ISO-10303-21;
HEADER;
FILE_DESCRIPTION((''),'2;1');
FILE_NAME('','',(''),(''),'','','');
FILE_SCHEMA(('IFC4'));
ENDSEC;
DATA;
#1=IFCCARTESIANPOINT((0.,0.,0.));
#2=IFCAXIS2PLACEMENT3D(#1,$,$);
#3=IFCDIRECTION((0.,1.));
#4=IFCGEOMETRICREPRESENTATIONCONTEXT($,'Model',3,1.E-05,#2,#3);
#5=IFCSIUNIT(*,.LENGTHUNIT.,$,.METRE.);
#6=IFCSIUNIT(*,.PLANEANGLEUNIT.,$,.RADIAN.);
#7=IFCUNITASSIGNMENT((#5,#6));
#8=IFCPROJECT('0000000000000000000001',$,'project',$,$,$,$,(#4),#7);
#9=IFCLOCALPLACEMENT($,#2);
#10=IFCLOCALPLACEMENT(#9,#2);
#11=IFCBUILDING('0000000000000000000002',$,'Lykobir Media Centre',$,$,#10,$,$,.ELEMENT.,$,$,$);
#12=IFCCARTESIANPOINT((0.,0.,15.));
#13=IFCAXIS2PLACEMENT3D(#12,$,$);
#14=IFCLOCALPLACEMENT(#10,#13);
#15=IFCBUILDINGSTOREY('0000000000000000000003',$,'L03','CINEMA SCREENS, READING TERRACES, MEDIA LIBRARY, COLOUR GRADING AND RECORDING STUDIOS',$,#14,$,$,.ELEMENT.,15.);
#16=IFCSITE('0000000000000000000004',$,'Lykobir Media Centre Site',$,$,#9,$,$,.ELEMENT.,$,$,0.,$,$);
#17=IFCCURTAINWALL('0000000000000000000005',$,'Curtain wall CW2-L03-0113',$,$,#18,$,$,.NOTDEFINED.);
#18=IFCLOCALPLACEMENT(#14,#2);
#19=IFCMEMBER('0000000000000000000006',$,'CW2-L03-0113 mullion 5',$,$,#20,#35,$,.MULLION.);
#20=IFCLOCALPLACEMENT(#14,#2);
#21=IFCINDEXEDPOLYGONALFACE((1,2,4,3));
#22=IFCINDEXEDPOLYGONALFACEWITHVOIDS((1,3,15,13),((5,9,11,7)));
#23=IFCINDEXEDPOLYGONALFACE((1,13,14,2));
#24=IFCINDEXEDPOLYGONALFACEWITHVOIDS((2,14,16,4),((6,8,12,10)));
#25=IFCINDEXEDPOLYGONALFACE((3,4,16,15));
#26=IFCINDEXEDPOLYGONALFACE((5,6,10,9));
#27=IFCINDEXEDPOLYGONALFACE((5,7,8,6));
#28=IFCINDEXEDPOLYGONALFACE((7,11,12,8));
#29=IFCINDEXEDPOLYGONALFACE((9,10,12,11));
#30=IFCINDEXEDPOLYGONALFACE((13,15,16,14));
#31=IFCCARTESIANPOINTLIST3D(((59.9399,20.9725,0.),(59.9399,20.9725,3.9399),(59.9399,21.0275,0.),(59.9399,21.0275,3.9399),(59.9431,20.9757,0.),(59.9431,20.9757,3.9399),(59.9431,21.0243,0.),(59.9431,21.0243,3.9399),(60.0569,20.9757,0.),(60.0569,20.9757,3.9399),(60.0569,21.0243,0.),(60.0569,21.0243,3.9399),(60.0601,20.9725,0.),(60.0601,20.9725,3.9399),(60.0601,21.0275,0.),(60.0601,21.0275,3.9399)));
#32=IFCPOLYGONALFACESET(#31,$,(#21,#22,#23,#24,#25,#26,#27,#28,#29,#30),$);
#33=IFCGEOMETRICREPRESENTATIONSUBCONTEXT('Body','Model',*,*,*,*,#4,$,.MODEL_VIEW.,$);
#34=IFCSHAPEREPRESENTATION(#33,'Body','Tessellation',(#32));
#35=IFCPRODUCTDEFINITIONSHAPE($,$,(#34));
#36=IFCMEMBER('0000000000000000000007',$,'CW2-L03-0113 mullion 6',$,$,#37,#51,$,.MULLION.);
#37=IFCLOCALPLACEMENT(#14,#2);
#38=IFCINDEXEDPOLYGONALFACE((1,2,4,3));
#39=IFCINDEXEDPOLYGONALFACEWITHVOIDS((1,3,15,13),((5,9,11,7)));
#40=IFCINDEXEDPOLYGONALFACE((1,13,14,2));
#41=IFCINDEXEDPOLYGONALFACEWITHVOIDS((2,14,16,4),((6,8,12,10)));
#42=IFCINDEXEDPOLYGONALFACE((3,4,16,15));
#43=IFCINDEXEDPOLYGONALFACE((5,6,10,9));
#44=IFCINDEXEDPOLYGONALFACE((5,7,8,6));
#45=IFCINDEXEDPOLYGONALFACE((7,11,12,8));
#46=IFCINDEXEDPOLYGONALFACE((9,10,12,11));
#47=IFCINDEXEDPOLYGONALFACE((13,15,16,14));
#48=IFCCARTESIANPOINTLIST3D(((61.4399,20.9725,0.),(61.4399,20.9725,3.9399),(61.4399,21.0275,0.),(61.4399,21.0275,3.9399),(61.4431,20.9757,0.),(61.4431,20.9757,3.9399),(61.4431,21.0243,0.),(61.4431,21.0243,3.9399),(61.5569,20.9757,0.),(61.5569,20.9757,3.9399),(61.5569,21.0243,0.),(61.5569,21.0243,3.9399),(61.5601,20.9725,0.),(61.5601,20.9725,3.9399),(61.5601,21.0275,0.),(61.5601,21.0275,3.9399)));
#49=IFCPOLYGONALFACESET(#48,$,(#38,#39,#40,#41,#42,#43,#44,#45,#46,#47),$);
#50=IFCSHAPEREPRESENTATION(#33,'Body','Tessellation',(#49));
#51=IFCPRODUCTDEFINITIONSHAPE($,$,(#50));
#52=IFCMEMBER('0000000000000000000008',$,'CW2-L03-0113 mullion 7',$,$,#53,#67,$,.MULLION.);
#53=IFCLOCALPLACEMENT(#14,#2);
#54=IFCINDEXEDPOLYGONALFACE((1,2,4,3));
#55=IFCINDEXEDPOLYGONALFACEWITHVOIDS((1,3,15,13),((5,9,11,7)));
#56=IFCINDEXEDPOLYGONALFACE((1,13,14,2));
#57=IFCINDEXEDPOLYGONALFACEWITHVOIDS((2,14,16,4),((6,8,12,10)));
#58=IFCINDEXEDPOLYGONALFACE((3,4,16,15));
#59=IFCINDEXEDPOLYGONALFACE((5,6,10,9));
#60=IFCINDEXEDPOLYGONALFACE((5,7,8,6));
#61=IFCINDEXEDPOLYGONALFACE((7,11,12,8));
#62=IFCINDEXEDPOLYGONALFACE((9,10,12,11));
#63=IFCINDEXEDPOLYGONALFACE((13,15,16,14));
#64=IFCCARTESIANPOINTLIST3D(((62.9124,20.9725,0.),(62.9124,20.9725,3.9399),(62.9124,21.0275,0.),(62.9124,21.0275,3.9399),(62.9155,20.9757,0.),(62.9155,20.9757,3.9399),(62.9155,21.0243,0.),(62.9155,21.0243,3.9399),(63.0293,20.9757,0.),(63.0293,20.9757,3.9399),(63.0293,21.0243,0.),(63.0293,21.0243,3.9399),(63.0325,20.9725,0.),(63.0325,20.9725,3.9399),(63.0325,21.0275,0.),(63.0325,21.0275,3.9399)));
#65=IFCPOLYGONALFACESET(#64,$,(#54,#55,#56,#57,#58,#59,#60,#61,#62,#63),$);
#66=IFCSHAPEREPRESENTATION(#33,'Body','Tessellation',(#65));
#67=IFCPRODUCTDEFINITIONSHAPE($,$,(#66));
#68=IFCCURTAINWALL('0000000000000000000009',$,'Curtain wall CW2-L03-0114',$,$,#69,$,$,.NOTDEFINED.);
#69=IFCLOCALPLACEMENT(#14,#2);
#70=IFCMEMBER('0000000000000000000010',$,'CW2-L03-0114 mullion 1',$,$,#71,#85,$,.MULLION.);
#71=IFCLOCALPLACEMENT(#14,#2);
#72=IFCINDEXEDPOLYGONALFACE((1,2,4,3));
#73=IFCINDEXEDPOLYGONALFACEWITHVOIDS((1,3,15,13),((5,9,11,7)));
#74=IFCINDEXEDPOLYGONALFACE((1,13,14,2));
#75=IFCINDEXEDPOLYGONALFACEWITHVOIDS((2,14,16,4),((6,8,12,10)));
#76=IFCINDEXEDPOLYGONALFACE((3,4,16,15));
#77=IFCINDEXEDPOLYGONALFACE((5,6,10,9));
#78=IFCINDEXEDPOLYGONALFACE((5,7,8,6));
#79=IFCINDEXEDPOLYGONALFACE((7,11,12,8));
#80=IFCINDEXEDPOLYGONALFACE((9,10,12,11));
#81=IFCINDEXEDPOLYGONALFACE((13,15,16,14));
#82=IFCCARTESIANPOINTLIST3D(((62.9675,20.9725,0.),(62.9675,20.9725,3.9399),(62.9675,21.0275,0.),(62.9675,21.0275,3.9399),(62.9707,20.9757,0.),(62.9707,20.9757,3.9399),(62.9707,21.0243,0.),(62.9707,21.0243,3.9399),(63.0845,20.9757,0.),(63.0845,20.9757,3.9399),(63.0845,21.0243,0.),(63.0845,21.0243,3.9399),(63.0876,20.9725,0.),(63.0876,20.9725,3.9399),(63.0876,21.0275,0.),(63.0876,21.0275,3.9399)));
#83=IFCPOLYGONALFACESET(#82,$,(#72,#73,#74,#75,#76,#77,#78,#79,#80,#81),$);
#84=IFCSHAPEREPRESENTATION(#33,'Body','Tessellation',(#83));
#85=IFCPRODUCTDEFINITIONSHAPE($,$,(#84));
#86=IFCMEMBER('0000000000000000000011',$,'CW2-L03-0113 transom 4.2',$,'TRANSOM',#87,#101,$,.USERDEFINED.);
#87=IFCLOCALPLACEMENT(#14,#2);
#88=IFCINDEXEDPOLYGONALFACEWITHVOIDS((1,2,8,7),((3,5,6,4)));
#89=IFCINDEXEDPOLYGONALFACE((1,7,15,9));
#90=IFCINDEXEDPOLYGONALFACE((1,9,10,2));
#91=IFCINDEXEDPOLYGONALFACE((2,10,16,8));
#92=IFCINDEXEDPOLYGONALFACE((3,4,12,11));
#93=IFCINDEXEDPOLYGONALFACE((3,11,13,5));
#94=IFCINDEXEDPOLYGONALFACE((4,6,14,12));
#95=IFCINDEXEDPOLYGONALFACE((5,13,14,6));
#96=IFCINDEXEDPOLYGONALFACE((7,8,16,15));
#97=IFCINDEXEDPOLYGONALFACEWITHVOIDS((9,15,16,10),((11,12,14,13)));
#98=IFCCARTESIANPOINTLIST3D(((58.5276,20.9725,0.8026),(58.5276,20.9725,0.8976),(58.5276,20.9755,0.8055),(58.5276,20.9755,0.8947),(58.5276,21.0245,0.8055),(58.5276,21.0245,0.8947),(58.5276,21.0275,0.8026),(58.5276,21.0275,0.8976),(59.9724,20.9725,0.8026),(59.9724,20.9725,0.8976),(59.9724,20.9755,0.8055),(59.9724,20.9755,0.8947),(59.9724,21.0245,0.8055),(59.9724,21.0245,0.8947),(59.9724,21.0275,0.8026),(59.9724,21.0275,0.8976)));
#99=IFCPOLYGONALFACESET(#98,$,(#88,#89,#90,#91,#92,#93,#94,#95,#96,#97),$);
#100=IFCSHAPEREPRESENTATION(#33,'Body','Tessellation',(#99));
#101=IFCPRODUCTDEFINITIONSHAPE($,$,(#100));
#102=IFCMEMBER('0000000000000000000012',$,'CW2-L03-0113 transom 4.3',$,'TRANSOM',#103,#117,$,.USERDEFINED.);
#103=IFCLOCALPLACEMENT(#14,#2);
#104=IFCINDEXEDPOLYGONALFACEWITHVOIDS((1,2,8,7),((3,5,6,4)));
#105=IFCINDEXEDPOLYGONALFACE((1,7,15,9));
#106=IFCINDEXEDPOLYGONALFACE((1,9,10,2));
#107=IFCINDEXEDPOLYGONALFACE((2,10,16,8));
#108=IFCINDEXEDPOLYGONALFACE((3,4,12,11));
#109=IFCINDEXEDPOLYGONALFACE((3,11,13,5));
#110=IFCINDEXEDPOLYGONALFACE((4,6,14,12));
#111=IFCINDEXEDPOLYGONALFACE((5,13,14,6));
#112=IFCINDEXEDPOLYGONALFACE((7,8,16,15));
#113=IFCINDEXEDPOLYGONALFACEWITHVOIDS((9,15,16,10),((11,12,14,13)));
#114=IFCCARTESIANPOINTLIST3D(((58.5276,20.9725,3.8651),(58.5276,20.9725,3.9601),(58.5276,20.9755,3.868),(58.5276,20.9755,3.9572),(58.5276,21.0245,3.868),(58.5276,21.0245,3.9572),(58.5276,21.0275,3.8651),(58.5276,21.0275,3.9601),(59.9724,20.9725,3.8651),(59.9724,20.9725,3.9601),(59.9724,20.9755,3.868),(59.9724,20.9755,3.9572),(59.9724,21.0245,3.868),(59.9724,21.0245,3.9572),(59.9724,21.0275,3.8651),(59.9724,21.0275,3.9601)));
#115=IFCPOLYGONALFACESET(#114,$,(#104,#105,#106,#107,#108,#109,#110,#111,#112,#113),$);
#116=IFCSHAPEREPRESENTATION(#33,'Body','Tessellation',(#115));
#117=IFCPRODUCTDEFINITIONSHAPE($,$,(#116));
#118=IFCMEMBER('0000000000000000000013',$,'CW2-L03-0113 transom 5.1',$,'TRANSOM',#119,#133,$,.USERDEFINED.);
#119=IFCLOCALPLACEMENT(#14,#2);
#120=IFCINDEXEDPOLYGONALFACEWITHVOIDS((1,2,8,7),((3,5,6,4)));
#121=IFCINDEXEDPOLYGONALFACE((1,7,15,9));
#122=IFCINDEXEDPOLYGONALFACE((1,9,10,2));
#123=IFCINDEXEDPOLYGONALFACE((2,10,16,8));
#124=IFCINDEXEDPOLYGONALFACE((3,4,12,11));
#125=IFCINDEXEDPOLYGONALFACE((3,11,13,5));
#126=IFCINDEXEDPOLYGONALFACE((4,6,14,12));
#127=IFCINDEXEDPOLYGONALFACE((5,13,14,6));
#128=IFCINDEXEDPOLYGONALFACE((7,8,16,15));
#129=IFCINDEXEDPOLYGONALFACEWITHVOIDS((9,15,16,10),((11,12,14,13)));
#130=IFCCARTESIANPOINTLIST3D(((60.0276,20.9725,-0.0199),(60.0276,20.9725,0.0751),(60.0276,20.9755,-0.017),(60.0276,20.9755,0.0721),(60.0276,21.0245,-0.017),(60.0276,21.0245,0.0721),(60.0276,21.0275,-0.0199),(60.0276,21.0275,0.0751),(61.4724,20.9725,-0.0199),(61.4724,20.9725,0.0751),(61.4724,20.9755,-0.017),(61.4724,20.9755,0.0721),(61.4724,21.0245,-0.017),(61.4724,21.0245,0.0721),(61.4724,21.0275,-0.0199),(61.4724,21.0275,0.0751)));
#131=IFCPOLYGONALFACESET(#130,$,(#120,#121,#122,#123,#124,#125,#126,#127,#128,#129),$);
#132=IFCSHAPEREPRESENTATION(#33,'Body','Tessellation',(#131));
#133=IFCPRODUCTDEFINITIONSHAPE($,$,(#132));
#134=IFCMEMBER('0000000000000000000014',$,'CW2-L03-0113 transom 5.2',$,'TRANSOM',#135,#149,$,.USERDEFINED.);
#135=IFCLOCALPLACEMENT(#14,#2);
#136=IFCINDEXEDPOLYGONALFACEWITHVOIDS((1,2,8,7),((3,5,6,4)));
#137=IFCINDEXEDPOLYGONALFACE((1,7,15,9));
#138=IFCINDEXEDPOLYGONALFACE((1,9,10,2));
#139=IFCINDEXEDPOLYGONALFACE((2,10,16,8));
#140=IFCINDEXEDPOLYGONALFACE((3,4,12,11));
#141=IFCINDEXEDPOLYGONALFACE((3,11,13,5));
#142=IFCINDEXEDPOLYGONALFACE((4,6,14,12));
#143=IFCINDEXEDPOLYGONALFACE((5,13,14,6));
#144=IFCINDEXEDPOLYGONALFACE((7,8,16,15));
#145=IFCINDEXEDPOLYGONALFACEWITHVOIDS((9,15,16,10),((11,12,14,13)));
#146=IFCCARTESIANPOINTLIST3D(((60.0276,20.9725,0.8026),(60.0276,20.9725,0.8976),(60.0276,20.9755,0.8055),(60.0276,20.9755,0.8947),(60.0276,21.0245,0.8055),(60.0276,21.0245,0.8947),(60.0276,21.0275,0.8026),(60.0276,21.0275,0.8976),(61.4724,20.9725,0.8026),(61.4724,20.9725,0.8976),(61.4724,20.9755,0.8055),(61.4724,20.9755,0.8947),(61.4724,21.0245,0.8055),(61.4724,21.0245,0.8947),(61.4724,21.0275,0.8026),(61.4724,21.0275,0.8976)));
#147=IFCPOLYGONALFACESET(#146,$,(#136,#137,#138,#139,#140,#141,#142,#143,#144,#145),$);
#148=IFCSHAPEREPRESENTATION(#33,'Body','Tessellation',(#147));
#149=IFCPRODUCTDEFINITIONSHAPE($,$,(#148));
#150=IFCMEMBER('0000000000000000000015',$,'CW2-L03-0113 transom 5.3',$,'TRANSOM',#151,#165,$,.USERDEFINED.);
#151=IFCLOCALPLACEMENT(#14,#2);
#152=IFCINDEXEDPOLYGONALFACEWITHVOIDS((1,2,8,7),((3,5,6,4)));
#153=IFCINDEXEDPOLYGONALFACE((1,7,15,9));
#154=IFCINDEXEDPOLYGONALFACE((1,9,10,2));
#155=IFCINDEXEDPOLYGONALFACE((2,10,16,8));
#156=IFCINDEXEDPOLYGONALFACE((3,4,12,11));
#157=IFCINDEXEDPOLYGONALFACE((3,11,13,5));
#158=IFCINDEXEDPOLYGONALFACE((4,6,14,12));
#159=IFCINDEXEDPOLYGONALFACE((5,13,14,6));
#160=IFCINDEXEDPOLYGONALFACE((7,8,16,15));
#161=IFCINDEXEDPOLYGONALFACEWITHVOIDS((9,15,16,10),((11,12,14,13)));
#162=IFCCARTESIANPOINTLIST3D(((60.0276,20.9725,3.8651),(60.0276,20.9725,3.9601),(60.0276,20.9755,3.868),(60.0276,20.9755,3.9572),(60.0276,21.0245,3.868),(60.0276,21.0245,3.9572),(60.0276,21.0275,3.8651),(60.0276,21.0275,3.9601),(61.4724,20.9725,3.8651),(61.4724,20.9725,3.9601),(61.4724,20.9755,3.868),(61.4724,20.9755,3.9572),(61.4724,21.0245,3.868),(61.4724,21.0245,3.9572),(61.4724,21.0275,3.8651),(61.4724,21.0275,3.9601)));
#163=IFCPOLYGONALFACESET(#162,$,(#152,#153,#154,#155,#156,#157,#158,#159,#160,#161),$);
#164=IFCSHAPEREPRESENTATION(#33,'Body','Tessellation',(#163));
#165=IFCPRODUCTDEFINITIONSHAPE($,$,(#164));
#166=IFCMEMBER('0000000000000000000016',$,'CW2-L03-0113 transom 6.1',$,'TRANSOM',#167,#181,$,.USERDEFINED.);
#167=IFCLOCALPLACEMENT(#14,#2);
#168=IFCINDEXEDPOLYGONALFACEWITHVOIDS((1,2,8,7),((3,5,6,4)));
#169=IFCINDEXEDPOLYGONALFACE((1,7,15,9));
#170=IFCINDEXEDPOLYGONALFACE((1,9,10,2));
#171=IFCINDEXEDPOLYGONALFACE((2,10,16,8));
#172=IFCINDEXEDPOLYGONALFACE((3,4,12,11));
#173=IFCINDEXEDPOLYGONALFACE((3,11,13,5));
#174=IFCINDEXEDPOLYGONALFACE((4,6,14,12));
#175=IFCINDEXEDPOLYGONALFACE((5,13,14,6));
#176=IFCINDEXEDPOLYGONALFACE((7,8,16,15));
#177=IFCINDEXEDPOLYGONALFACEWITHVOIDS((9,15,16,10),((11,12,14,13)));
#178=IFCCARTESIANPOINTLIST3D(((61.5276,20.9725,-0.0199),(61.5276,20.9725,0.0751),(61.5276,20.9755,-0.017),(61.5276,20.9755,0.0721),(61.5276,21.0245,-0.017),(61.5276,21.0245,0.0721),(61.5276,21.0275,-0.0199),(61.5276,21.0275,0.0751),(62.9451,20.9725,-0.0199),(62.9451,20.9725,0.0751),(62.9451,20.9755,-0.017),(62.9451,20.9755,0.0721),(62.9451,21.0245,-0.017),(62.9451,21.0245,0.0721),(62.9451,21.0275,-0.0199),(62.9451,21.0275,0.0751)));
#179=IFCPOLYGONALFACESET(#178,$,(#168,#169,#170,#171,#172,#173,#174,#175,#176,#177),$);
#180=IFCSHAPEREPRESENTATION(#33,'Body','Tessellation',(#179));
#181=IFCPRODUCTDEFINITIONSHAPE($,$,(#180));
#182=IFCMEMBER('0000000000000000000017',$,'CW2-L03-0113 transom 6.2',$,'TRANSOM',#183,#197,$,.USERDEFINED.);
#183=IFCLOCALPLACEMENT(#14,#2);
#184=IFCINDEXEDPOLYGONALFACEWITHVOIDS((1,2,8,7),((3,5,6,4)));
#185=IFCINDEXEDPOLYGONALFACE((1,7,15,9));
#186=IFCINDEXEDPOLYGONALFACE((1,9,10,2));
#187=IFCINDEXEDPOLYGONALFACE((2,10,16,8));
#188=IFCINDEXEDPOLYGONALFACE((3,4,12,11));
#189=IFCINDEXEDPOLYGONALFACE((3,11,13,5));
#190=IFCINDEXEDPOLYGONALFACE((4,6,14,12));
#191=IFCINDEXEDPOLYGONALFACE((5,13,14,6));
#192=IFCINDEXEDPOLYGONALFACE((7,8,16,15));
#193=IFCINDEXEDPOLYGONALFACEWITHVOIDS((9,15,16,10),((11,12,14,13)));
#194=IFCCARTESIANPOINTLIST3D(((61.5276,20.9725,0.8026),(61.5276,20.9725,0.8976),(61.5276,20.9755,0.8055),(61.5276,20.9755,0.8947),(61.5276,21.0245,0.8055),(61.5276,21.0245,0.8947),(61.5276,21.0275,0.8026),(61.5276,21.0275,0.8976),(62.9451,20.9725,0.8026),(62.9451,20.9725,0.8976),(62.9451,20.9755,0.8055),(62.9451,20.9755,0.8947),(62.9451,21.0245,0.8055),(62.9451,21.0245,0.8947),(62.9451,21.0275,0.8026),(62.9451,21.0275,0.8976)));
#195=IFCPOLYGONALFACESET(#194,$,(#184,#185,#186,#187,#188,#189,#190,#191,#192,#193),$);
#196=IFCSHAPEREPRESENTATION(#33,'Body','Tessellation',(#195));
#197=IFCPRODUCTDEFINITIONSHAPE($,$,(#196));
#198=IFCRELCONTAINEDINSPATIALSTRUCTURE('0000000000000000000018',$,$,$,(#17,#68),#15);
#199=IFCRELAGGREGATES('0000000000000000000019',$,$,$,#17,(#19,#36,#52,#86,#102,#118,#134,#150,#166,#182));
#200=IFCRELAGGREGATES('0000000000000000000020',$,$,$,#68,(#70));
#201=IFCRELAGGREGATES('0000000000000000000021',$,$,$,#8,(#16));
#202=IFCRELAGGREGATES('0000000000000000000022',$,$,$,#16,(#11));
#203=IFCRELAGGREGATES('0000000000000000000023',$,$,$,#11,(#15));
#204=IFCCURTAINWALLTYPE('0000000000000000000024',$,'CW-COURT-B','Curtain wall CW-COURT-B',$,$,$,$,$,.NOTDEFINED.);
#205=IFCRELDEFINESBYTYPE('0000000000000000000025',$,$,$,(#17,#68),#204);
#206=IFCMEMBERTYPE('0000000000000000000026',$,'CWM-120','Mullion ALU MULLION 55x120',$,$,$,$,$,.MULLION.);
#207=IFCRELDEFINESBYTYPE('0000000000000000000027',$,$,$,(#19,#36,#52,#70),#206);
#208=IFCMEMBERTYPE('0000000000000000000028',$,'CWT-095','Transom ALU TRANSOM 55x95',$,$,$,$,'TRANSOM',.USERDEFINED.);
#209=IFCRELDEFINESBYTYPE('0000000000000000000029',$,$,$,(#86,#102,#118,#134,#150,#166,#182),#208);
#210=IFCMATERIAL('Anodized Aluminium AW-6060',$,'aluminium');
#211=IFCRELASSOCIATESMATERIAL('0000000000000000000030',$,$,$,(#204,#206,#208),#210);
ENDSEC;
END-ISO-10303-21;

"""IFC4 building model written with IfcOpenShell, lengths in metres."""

from ifc_helpers import new_model, si_unit, direction, frame, origin, origin_2d, place, context, subcontext, project, spatial, hollow_rectangle, extrude, material, material_profile, profile_set, type_object, element, aggregate, save


model = new_model("IFC4")

# Units and contexts
model_context = context("Model", 3, precision=1e-05, world=origin(), true_north=direction((0.0, 1.0)))
body_context = subcontext(model_context, "Body", "Model", "MODEL_VIEW")
ifc_project = project(units=[si_unit("LENGTHUNIT", "METRE"), si_unit("PLANEANGLEUNIT", "RADIAN")], contexts=[model_context])

# Site, building, storey
site_placement = place(None, origin())
site = spatial("IfcSite", under=ifc_project, at=site_placement, Name="Lykobir Media Centre Site", CompositionType="ELEMENT", RefElevation=0.0)
building_placement = place(site_placement, origin())
building = spatial("IfcBuilding", under=site, at=building_placement, Name="Lykobir Media Centre", CompositionType="ELEMENT")
storey_placement = place(building_placement, frame((0.0, 0.0, 15.0)))
storey = spatial("IfcBuildingStorey", under=building, at=storey_placement, Name="L03", Description="CINEMA SCREENS, READING TERRACES, MEDIA LIBRARY, COLOUR GRADING AND RECORDING STUDIOS", CompositionType="ELEMENT", Elevation=15.0)

# Curtain wall, members
ifc_material_1 = material(Name="Anodized Aluminium AW-6060", Category="aluminium")
curtain_wall_type = type_object("IfcCurtainWallType", Name="CW-COURT-B", Description="Curtain wall CW-COURT-B", PredefinedType="NOTDEFINED", material=ifc_material_1)
curtain_wall_1_placement = place(storey_placement, origin())
curtain_wall_1 = element("IfcCurtainWall", 1, at=curtain_wall_1_placement, inside=storey, type_object=curtain_wall_type, Name="Curtain wall CW2-L03-0113", PredefinedType="NOTDEFINED")
ifc_material_profile_1 = material_profile(ifc_material_1, hollow_rectangle(XDim=0.0549, YDim=0.1201, WallThickness=0.0032, at=origin_2d()), Name="ALU MULLION 55x120")
ifc_profile_set_1 = profile_set([ifc_material_profile_1], Name="Anodized Aluminium AW-6060")
member_type_1 = type_object("IfcMemberType", Name="CWM-120", Description="Mullion ALU MULLION 55x120", PredefinedType="MULLION", material=ifc_profile_set_1)
member_1_placement = place(storey_placement, frame((60.0, 21.0, 0.0), z_axis=(0.0, 0.0, 1.0), x_axis=(0.0, 1.0, 0.0)))
member_1 = element("IfcMember", 2, at=member_1_placement, type_object=member_type_1, Name="CW2-L03-0113 mullion 5", PredefinedType="MULLION", context=body_context, shape_type="SweptSolid", body=[
    extrude(hollow_rectangle(XDim=0.0549, YDim=0.1201, WallThickness=0.0032, at=origin_2d()), origin(), (0.0, 0.0, 1.0), 3.9399),
])
member_2_placement = place(storey_placement, frame((61.5, 21.0, 0.0), z_axis=(0.0, 0.0, 1.0), x_axis=(0.0, 1.0, 0.0)))
member_2 = element("IfcMember", 3, at=member_2_placement, type_object=member_type_1, Name="CW2-L03-0113 mullion 6", PredefinedType="MULLION", context=body_context, shape_type="SweptSolid", body=[
    extrude(hollow_rectangle(XDim=0.0549, YDim=0.1201, WallThickness=0.0032, at=origin_2d()), origin(), (0.0, 0.0, 1.0), 3.9399),
])
member_3_placement = place(storey_placement, frame((62.9724, 21.0, 0.0), z_axis=(0.0, 0.0, 1.0), x_axis=(0.0, 1.0, 0.0)))
member_3 = element("IfcMember", 4, at=member_3_placement, type_object=member_type_1, Name="CW2-L03-0113 mullion 7", PredefinedType="MULLION", context=body_context, shape_type="SweptSolid", body=[
    extrude(hollow_rectangle(XDim=0.0549, YDim=0.1201, WallThickness=0.0032, at=origin_2d()), origin(), (0.0, 0.0, 1.0), 3.9399),
])

# Curtain wall, member
curtain_wall_2_placement = place(storey_placement, origin())
curtain_wall_2 = element("IfcCurtainWall", 5, at=curtain_wall_2_placement, inside=storey, type_object=curtain_wall_type, Name="Curtain wall CW2-L03-0114", PredefinedType="NOTDEFINED")
member_4_placement = place(storey_placement, frame((63.0276, 21.0, 0.0), z_axis=(0.0, 0.0, 1.0), x_axis=(0.0, 1.0, 0.0)))
member_4 = element("IfcMember", 6, at=member_4_placement, type_object=member_type_1, Name="CW2-L03-0114 mullion 1", PredefinedType="MULLION", context=body_context, shape_type="SweptSolid", body=[
    extrude(hollow_rectangle(XDim=0.0549, YDim=0.1201, WallThickness=0.0032, at=origin_2d()), origin(), (0.0, 0.0, 1.0), 3.9399),
])

# Members
ifc_material_profile_2 = material_profile(ifc_material_1, hollow_rectangle(XDim=0.0549, YDim=0.095, WallThickness=0.0029, at=origin_2d()), Name="ALU TRANSOM 55x95")
ifc_profile_set_2 = profile_set([ifc_material_profile_2], Name="Anodized Aluminium AW-6060")
member_type_2 = type_object("IfcMemberType", Name="CWT-095", Description="Transom ALU TRANSOM 55x95", ElementType="TRANSOM", PredefinedType="USERDEFINED", material=ifc_profile_set_2)
member_5_placement = place(storey_placement, frame((58.5276, 21.0, 0.8501), z_axis=(1.0, 0.0, 0.0), x_axis=(0.0, 1.0, 0.0)))
member_5 = element("IfcMember", 7, at=member_5_placement, type_object=member_type_2, Name="CW2-L03-0113 transom 4.2", ObjectType="TRANSOM", PredefinedType="USERDEFINED", context=body_context, shape_type="SweptSolid", body=[
    extrude(hollow_rectangle(XDim=0.0549, YDim=0.095, WallThickness=0.0029, at=origin_2d()), origin(), (0.0, 0.0, 1.0), 1.4448),
])
member_6_placement = place(storey_placement, frame((58.5276, 21.0, 3.9126), z_axis=(1.0, 0.0, 0.0), x_axis=(0.0, 1.0, 0.0)))
member_6 = element("IfcMember", 8, at=member_6_placement, type_object=member_type_2, Name="CW2-L03-0113 transom 4.3", ObjectType="TRANSOM", PredefinedType="USERDEFINED", context=body_context, shape_type="SweptSolid", body=[
    extrude(hollow_rectangle(XDim=0.0549, YDim=0.095, WallThickness=0.0029, at=origin_2d()), origin(), (0.0, 0.0, 1.0), 1.4448),
])
member_7_placement = place(storey_placement, frame((60.0276, 21.0, 0.0276), z_axis=(1.0, 0.0, 0.0), x_axis=(0.0, 1.0, 0.0)))
member_7 = element("IfcMember", 9, at=member_7_placement, type_object=member_type_2, Name="CW2-L03-0113 transom 5.1", ObjectType="TRANSOM", PredefinedType="USERDEFINED", context=body_context, shape_type="SweptSolid", body=[
    extrude(hollow_rectangle(XDim=0.0549, YDim=0.095, WallThickness=0.0029, at=origin_2d()), origin(), (0.0, 0.0, 1.0), 1.4448),
])
member_8_placement = place(storey_placement, frame((60.0276, 21.0, 0.8501), z_axis=(1.0, 0.0, 0.0), x_axis=(0.0, 1.0, 0.0)))
member_8 = element("IfcMember", 10, at=member_8_placement, type_object=member_type_2, Name="CW2-L03-0113 transom 5.2", ObjectType="TRANSOM", PredefinedType="USERDEFINED", context=body_context, shape_type="SweptSolid", body=[
    extrude(hollow_rectangle(XDim=0.0549, YDim=0.095, WallThickness=0.0029, at=origin_2d()), origin(), (0.0, 0.0, 1.0), 1.4448),
])
member_9_placement = place(storey_placement, frame((60.0276, 21.0, 3.9126), z_axis=(1.0, 0.0, 0.0), x_axis=(0.0, 1.0, 0.0)))
member_9 = element("IfcMember", 11, at=member_9_placement, type_object=member_type_2, Name="CW2-L03-0113 transom 5.3", ObjectType="TRANSOM", PredefinedType="USERDEFINED", context=body_context, shape_type="SweptSolid", body=[
    extrude(hollow_rectangle(XDim=0.0549, YDim=0.095, WallThickness=0.0029, at=origin_2d()), origin(), (0.0, 0.0, 1.0), 1.4448),
])
member_10_placement = place(storey_placement, frame((61.5276, 21.0, 0.0276), z_axis=(1.0, 0.0, 0.0), x_axis=(0.0, 1.0, 0.0)))
member_10 = element("IfcMember", 12, at=member_10_placement, type_object=member_type_2, Name="CW2-L03-0113 transom 6.1", ObjectType="TRANSOM", PredefinedType="USERDEFINED", context=body_context, shape_type="SweptSolid", body=[
    extrude(hollow_rectangle(XDim=0.0549, YDim=0.095, WallThickness=0.0029, at=origin_2d()), origin(), (0.0, 0.0, 1.0), 1.4175),
])
member_11_placement = place(storey_placement, frame((61.5276, 21.0, 0.8501), z_axis=(1.0, 0.0, 0.0), x_axis=(0.0, 1.0, 0.0)))
member_11 = element("IfcMember", 13, at=member_11_placement, type_object=member_type_2, Name="CW2-L03-0113 transom 6.2", ObjectType="TRANSOM", PredefinedType="USERDEFINED", context=body_context, shape_type="SweptSolid", body=[
    extrude(hollow_rectangle(XDim=0.0549, YDim=0.095, WallThickness=0.0029, at=origin_2d()), origin(), (0.0, 0.0, 1.0), 1.4175),
])

aggregate(curtain_wall_1, [member_1, member_2, member_3, member_5, member_6, member_7, member_8, member_9, member_10, member_11])
aggregate(curtain_wall_2, [member_4])

save(model, "model.ifc")
